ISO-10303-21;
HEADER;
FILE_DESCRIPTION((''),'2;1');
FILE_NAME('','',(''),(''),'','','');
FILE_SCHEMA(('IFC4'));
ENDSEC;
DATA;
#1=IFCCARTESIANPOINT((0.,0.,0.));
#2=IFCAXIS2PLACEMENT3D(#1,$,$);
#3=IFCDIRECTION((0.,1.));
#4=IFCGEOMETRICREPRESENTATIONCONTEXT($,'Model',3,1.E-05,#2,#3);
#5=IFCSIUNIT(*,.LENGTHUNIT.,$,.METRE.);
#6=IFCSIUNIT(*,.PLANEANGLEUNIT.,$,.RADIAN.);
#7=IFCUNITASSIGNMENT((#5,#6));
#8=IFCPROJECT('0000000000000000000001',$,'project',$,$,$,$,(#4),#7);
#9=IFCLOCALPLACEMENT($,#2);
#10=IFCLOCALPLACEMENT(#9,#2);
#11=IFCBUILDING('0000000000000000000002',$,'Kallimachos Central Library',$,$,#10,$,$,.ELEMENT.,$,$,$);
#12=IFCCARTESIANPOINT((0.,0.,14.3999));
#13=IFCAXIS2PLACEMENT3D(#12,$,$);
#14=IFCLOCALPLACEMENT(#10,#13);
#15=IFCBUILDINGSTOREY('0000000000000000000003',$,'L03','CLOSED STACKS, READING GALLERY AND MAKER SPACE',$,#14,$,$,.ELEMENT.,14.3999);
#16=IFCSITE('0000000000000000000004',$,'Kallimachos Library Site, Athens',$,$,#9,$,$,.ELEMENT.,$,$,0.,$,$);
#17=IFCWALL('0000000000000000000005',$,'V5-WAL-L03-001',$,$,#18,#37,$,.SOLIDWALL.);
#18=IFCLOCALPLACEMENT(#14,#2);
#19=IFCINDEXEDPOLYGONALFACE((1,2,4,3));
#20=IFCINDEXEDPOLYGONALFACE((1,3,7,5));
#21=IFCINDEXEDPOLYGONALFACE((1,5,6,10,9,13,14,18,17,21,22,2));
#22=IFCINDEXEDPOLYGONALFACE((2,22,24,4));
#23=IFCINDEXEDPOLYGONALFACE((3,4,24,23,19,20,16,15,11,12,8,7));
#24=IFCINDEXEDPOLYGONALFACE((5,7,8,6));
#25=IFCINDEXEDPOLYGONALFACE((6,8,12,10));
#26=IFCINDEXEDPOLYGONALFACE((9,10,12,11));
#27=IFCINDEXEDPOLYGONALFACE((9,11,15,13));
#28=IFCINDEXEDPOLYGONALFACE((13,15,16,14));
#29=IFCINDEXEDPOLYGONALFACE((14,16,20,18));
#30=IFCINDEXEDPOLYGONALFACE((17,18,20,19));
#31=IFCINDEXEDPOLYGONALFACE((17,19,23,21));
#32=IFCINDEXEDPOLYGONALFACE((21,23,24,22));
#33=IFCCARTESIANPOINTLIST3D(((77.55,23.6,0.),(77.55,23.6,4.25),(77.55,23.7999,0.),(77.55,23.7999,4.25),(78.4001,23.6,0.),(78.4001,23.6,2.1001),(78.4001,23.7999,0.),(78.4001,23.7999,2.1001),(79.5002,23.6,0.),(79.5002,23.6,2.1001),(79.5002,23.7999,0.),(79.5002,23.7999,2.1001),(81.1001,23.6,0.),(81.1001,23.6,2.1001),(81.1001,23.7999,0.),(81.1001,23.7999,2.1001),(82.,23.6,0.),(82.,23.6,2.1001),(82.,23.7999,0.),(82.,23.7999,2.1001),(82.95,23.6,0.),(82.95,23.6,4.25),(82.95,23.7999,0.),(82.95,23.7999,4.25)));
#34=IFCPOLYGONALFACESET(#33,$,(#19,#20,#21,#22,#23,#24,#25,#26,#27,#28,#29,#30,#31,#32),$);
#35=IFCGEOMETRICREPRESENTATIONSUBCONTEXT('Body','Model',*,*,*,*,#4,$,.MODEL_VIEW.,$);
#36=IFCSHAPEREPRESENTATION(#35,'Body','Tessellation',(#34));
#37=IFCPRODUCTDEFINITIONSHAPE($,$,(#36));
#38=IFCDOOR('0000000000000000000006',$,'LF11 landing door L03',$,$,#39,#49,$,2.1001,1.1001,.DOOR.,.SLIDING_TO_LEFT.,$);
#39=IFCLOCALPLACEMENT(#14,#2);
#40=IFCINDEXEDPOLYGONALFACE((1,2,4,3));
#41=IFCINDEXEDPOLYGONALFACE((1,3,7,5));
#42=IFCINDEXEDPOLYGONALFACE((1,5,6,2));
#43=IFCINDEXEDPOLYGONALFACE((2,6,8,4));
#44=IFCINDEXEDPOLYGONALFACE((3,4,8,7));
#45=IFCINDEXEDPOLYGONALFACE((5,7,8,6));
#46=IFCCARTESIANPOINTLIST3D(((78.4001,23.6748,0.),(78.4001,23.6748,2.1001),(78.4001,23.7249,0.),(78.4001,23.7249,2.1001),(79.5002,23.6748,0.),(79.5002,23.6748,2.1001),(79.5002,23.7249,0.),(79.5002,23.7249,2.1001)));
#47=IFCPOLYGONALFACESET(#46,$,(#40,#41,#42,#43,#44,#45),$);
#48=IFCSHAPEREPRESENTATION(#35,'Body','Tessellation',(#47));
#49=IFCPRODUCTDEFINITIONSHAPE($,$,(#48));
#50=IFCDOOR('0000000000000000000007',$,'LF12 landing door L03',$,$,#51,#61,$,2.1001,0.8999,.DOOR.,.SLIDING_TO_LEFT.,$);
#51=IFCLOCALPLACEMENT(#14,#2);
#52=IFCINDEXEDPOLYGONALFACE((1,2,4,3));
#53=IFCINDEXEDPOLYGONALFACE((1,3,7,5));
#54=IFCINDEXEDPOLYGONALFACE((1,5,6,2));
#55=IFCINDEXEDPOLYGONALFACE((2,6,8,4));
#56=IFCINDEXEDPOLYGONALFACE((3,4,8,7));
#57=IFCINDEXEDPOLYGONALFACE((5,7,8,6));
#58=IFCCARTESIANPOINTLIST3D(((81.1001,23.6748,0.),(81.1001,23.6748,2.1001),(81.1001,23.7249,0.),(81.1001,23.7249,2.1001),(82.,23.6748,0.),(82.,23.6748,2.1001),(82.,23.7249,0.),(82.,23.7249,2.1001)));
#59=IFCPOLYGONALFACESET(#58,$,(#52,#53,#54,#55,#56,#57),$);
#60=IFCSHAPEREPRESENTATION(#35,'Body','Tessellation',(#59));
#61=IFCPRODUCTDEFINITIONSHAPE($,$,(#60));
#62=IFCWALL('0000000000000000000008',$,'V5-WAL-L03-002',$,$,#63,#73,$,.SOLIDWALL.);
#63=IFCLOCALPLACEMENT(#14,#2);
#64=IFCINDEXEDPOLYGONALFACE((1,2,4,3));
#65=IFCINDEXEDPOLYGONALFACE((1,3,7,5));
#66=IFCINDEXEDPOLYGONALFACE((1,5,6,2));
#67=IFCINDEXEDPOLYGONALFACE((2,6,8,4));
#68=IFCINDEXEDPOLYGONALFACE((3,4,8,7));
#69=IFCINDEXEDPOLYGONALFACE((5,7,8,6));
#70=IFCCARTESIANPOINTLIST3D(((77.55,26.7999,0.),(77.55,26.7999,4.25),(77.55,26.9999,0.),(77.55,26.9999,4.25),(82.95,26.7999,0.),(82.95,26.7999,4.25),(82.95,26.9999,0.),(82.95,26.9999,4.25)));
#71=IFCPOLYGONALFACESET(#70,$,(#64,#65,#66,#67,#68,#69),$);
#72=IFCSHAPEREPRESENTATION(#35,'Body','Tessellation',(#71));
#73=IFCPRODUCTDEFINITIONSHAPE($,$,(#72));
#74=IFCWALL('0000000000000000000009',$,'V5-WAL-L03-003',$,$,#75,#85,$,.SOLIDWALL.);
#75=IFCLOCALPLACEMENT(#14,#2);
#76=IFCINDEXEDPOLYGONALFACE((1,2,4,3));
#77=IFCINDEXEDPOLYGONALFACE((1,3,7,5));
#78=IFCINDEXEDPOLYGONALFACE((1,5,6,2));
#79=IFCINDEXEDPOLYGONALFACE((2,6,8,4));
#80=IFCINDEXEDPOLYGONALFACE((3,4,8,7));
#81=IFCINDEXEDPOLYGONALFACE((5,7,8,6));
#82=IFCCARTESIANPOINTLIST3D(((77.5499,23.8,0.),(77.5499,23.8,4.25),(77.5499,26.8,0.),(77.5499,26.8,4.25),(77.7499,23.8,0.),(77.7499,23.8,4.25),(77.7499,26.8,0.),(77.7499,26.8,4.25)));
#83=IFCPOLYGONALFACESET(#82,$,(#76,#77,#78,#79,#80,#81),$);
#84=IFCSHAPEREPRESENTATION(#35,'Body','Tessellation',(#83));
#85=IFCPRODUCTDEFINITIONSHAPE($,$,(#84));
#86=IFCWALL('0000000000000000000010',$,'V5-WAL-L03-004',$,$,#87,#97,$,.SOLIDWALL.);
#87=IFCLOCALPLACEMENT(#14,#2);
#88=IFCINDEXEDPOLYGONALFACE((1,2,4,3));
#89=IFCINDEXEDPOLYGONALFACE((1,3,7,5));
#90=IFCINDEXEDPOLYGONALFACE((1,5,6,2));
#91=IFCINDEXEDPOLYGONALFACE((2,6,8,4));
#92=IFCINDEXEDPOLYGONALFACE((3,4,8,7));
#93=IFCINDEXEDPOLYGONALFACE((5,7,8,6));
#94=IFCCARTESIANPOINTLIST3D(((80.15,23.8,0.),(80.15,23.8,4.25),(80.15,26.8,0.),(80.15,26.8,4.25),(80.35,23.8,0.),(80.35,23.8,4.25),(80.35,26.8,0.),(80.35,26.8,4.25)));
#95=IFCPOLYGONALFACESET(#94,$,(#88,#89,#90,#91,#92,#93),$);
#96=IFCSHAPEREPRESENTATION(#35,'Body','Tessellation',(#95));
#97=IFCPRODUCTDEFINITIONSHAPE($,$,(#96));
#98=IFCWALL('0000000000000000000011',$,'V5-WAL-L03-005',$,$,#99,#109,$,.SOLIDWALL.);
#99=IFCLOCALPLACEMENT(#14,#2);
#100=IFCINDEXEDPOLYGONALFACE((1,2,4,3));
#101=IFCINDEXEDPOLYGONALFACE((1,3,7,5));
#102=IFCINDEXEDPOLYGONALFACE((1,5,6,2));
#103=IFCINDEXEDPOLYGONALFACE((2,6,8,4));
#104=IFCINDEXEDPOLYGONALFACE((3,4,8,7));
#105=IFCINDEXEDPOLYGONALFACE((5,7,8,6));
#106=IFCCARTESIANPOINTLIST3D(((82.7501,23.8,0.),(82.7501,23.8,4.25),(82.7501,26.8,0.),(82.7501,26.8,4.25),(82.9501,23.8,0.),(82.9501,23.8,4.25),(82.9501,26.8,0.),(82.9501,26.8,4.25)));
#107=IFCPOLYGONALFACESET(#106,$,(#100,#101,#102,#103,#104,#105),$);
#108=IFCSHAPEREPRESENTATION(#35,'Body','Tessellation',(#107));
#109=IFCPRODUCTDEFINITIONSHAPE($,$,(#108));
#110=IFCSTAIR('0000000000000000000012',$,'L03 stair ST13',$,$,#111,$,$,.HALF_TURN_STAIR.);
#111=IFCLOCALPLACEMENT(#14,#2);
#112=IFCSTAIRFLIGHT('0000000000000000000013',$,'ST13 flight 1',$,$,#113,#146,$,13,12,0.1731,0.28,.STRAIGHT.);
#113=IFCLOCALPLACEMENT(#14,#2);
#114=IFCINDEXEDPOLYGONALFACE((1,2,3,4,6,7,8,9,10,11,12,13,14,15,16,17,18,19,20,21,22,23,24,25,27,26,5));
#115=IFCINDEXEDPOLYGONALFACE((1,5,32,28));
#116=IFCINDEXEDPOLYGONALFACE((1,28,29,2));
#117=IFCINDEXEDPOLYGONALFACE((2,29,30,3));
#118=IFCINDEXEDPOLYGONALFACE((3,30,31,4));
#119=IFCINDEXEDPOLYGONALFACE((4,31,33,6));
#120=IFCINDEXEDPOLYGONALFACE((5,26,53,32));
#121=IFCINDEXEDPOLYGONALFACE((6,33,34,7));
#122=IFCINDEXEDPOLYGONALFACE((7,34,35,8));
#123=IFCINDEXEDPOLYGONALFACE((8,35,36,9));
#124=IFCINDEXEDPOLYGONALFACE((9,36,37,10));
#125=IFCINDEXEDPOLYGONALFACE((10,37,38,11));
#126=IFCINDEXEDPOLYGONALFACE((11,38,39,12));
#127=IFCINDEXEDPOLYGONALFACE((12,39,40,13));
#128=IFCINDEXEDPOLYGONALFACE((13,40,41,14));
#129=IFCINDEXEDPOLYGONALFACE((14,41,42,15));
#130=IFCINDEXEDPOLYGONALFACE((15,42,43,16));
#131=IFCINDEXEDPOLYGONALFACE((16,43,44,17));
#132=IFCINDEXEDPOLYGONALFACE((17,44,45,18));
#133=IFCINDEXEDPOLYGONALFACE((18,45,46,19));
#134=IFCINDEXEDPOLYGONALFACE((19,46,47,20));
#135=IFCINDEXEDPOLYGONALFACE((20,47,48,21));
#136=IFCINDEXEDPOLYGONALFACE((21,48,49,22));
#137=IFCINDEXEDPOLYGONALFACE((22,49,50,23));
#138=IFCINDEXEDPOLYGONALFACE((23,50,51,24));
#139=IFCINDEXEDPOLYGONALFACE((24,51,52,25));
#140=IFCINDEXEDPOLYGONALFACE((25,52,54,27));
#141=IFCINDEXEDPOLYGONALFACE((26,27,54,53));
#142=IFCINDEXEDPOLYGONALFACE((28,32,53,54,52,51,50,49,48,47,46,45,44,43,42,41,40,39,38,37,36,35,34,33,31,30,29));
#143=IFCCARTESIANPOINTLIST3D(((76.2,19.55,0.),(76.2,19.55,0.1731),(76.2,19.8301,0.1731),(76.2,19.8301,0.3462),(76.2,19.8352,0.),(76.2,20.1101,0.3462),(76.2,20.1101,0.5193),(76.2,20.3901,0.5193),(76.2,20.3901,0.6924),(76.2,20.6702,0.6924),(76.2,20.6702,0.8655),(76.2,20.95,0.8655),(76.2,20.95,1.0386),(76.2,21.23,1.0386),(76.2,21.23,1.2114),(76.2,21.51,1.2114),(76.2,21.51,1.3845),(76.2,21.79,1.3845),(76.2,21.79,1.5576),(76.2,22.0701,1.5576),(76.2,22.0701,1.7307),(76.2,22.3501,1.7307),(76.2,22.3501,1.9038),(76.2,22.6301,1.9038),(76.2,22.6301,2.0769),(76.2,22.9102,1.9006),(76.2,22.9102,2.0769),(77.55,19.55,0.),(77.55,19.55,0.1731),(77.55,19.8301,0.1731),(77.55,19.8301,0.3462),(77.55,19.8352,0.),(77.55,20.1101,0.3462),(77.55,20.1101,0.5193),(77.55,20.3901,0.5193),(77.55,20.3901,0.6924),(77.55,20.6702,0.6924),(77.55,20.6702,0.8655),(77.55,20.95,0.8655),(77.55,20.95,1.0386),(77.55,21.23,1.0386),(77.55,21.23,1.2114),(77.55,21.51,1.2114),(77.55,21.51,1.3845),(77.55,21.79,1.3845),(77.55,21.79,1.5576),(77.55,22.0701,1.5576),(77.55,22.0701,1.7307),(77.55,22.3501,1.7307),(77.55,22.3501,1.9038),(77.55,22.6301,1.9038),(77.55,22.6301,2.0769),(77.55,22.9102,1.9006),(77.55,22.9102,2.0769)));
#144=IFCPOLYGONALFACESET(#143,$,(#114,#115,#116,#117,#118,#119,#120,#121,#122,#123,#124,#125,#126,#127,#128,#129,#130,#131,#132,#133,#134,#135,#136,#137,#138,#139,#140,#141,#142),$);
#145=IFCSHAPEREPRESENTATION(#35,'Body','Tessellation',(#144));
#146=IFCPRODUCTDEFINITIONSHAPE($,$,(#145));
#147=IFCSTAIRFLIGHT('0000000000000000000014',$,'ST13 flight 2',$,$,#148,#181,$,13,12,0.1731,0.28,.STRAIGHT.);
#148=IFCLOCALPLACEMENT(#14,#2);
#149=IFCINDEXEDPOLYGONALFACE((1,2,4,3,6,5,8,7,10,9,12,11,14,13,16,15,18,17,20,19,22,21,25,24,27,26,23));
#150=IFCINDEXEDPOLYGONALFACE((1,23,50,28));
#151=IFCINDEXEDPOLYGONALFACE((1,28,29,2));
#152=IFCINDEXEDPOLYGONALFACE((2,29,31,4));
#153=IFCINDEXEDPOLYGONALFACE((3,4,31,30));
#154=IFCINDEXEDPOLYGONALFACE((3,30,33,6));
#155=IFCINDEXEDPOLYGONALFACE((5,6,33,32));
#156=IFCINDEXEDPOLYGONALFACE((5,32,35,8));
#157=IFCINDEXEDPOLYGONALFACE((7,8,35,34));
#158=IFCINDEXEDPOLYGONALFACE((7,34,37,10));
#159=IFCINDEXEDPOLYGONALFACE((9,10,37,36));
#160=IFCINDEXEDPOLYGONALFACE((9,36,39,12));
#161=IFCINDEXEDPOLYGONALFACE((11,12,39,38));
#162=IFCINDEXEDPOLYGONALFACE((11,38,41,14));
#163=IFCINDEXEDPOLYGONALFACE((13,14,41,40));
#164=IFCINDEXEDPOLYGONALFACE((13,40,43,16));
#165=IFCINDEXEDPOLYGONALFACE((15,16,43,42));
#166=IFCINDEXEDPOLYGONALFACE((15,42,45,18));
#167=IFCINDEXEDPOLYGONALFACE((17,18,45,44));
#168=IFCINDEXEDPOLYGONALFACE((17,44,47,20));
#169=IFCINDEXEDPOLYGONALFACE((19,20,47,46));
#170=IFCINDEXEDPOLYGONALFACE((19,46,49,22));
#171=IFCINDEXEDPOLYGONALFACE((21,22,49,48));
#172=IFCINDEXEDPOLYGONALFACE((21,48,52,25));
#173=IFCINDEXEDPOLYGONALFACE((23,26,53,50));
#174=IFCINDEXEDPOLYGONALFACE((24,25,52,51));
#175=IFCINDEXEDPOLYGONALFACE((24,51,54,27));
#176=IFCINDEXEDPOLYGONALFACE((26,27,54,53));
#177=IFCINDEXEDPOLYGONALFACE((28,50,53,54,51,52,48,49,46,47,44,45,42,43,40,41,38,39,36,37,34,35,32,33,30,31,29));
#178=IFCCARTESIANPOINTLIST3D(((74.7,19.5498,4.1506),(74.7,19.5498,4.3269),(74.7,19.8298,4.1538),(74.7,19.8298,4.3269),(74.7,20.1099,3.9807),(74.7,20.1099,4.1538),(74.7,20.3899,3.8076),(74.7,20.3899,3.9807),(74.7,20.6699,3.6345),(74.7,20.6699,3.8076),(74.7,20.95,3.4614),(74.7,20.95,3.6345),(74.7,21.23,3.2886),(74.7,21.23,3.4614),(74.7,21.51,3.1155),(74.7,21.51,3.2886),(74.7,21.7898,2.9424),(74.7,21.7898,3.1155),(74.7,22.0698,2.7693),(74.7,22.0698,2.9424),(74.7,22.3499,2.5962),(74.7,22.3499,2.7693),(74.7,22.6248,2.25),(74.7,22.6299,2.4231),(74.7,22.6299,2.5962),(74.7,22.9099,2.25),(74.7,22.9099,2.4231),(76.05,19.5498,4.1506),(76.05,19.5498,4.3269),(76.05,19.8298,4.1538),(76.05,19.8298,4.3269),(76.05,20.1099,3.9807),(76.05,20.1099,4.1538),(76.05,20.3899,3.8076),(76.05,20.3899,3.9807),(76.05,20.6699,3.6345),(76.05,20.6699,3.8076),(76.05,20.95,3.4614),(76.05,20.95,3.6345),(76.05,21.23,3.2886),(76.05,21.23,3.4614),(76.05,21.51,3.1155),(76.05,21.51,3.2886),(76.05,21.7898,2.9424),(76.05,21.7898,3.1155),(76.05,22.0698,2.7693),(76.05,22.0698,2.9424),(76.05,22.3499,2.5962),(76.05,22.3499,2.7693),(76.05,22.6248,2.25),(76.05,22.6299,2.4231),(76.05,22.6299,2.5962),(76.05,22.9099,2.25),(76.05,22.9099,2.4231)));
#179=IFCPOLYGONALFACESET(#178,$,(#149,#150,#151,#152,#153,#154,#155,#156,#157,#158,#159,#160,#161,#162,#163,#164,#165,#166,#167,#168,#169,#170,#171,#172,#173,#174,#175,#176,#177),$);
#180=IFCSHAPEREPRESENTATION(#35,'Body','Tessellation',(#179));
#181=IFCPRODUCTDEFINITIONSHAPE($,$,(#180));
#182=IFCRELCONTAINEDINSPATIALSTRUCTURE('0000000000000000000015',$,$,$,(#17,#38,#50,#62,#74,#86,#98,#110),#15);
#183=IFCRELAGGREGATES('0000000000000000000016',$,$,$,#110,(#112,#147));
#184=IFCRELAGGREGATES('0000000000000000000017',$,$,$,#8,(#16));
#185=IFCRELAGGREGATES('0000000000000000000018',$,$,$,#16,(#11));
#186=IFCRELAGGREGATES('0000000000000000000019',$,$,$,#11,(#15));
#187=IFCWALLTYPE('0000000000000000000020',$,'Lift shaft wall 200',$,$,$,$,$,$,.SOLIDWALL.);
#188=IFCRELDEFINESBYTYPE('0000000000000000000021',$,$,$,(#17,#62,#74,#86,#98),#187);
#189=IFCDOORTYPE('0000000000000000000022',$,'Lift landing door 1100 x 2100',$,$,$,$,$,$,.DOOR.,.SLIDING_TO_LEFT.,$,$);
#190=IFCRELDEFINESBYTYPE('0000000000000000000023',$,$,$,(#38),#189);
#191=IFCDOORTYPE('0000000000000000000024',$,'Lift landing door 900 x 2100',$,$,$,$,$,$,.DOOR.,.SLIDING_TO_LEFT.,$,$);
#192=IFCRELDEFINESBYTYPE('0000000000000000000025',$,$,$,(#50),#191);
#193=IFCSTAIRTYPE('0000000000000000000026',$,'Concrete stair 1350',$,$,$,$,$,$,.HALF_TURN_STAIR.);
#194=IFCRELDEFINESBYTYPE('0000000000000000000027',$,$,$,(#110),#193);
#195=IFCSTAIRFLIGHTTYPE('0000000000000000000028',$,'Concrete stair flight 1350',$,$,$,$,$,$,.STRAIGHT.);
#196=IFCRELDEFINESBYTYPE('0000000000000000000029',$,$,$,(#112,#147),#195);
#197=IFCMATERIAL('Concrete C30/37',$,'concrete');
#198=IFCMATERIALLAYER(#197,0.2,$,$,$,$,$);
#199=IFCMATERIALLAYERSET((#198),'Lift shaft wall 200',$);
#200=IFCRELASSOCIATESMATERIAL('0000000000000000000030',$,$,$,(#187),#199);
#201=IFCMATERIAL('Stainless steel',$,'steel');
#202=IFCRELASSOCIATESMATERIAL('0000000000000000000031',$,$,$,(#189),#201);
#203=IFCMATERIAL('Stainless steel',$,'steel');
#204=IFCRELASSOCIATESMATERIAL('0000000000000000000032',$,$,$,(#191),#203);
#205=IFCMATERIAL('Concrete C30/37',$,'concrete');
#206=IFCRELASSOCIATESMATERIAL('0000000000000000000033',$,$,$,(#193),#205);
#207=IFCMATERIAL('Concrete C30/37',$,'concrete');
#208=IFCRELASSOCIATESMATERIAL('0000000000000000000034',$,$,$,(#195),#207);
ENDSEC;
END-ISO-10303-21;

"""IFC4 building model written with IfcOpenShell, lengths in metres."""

from ifc_helpers import new_model, si_unit, direction, frame, frame_2d, origin, place, context, subcontext, project, spatial, polyline, rectangle, outline, extrude, material, layer, layer_set, type_object, element, fill, aggregate, save


model = new_model("IFC4")

# Units and contexts
model_context = context("Model", 3, precision=1e-05, world=origin(), true_north=direction((0.0, 1.0)))
body_context = subcontext(model_context, "Body", "Model", "MODEL_VIEW")
ifc_project = project(units=[si_unit("LENGTHUNIT", "METRE"), si_unit("PLANEANGLEUNIT", "RADIAN")], contexts=[model_context])

# Site, building, storey
site_placement = place(None, origin())
site = spatial("IfcSite", under=ifc_project, at=site_placement, Name="Kallimachos Library Site, Athens", CompositionType="ELEMENT", RefElevation=0.0)
building_placement = place(site_placement, origin())
building = spatial("IfcBuilding", under=site, at=building_placement, Name="Kallimachos Central Library", CompositionType="ELEMENT")
storey_placement = place(building_placement, frame((0.0, 0.0, 14.3999)))
storey = spatial("IfcBuildingStorey", under=building, at=storey_placement, Name="L03", Description="CLOSED STACKS, READING GALLERY AND MAKER SPACE", CompositionType="ELEMENT", Elevation=14.3999)

# Wall, openings, doors
ifc_material_1 = material(Name="Concrete C30/37", Category="concrete")
ifc_layer_1 = layer(ifc_material_1, 0.2)
ifc_layer_set_1 = layer_set([ifc_layer_1], Name="Lift shaft wall 200")
wall_type_1 = type_object("IfcWallType", Name="Lift shaft wall 200", PredefinedType="SOLIDWALL", material=ifc_layer_set_1)
wall_1_placement = place(storey_placement, frame((77.55, 23.7, 0.0), z_axis=(0.0, 0.0, 1.0), x_axis=(1.0, 0.0, 0.0)))
wall_1 = element("IfcWall", 1, at=wall_1_placement, inside=storey, type_object=wall_type_1, Name="V5-WAL-L03-001", PredefinedType="SOLIDWALL", context=body_context, shape_type="SweptSolid", body=[
    extrude(rectangle(XDim=5.3999, YDim=0.2, at=frame_2d((2.7, 0.0))), origin(), (0.0, 0.0, 1.0), 4.25),
])
opening_1_placement = place(wall_1_placement, frame((0.8501, 0.0, 0.0)))
opening_1 = element("IfcOpeningElement", 2, at=opening_1_placement, cuts=wall_1, PredefinedType="OPENING", context=body_context, shape_type="SweptSolid", body=[
    extrude(rectangle(XDim=1.1001, YDim=2.1001, at=frame_2d((0.55, 1.05))), frame((0.0, 0.1099, 0.0), z_axis=(0.0, -1.0, 0.0), x_axis=(1.0, 0.0, 0.0)), (0.0, 0.0, 1.0), 0.22),
])
opening_2_placement = place(wall_1_placement, frame((3.55, 0.0, 0.0)))
opening_2 = element("IfcOpeningElement", 3, at=opening_2_placement, cuts=wall_1, PredefinedType="OPENING", context=body_context, shape_type="SweptSolid", body=[
    extrude(rectangle(XDim=0.8999, YDim=2.1001, at=frame_2d((0.45, 1.05))), frame((0.0, 0.1099, 0.0), z_axis=(0.0, -1.0, 0.0), x_axis=(1.0, 0.0, 0.0)), (0.0, 0.0, 1.0), 0.22),
])
ifc_material_2 = material(Name="Stainless steel", Category="steel")
door_type_1 = type_object("IfcDoorType", Name="Lift landing door 1100 x 2100", OperationType="SLIDING_TO_LEFT", PredefinedType="DOOR", material=ifc_material_2)
door_1_placement = place(opening_1_placement, origin())
door_1 = element("IfcDoor", 4, at=door_1_placement, inside=storey, type_object=door_type_1, Name="LF11 landing door L03", OperationType="SLIDING_TO_LEFT", OverallHeight=2.1001, OverallWidth=1.1001, PredefinedType="DOOR", context=body_context, shape_type="SweptSolid", body=[
    extrude(rectangle(XDim=1.1001, YDim=2.1001, at=frame_2d((0.55, 1.05))), frame((0.0, 0.0249, 0.0), z_axis=(0.0, -1.0, 0.0), x_axis=(1.0, 0.0, 0.0)), (0.0, 0.0, 1.0), 0.05),
])
fill(opening_1, door_1)
ifc_material_3 = material(Name="Stainless steel", Category="steel")
door_type_2 = type_object("IfcDoorType", Name="Lift landing door 900 x 2100", OperationType="SLIDING_TO_LEFT", PredefinedType="DOOR", material=ifc_material_3)
door_2_placement = place(opening_2_placement, origin())
door_2 = element("IfcDoor", 5, at=door_2_placement, inside=storey, type_object=door_type_2, Name="LF12 landing door L03", OperationType="SLIDING_TO_LEFT", OverallHeight=2.1001, OverallWidth=0.8999, PredefinedType="DOOR", context=body_context, shape_type="SweptSolid", body=[
    extrude(rectangle(XDim=0.8999, YDim=2.1001, at=frame_2d((0.45, 1.05))), frame((0.0, 0.0249, 0.0), z_axis=(0.0, -1.0, 0.0), x_axis=(1.0, 0.0, 0.0)), (0.0, 0.0, 1.0), 0.05),
])
fill(opening_2, door_2)

# Walls
wall_2_placement = place(storey_placement, frame((77.55, 26.8999, 0.0), z_axis=(0.0, 0.0, 1.0), x_axis=(1.0, 0.0, 0.0)))
element("IfcWall", 6, at=wall_2_placement, inside=storey, type_object=wall_type_1, Name="V5-WAL-L03-002", PredefinedType="SOLIDWALL", context=body_context, shape_type="SweptSolid", body=[
    extrude(rectangle(XDim=5.3999, YDim=0.2, at=frame_2d((2.7, 0.0))), origin(), (0.0, 0.0, 1.0), 4.25),
])
for number, where, z_axis, x_axis, name in (
    (7, (77.6499, 23.8, 0.0), (0.0, 0.0, 1.0), (0.0, 1.0, 0.0), "V5-WAL-L03-003"),
    (8, (80.25, 23.8, 0.0), (0.0, 0.0, 1.0), (0.0, 1.0, 0.0), "V5-WAL-L03-004"),
    (9, (82.8501, 23.8, 0.0), (0.0, 0.0, 1.0), (0.0, 1.0, 0.0), "V5-WAL-L03-005"),
):
    element("IfcWall", number, at=place(storey_placement, frame(where, z_axis=z_axis, x_axis=x_axis)), inside=storey, type_object=wall_type_1, Name=name, PredefinedType="SOLIDWALL", context=body_context, shape_type="SweptSolid", body=[
        extrude(rectangle(XDim=3.0, YDim=0.2, at=frame_2d((1.5, 0.0))), origin(), (0.0, 0.0, 1.0), 4.25),
    ])

# Stair, stair flights
ifc_material_4 = material(Name="Concrete C30/37", Category="concrete")
stair_type = type_object("IfcStairType", Name="Concrete stair 1350", PredefinedType="HALF_TURN_STAIR", material=ifc_material_4)
stair_placement = place(storey_placement, origin())
stair = element("IfcStair", 10, at=stair_placement, inside=storey, type_object=stair_type, Name="L03 stair ST13", PredefinedType="HALF_TURN_STAIR")
ifc_material_5 = material(Name="Concrete C30/37", Category="concrete")
stair_flight_type = type_object("IfcStairFlightType", Name="Concrete stair flight 1350", PredefinedType="STRAIGHT", material=ifc_material_5)
stair_flight_1_placement = place(storey_placement, frame((76.875, 19.55, 0.0), z_axis=(0.0, 0.0, 1.0), x_axis=(0.0, 1.0, 0.0)))
stair_flight_1 = element("IfcStairFlight", 11, at=stair_flight_1_placement, type_object=stair_flight_type, Name="ST13 flight 1", NumberOfRisers=13, NumberOfTreads=12, PredefinedType="STRAIGHT", RiserHeight=0.1731, TreadLength=0.28, context=body_context, shape_type="SweptSolid", body=[
    extrude(outline(polyline([(0.0, 0.0), (0.0, 0.1731), (0.28, 0.1731), (0.28, 0.3462), (0.5601, 0.3462), (0.5601, 0.5193), (0.8401, 0.5193), (0.8401, 0.6924), (1.1201, 0.6924), (1.1201, 0.8655), (1.3999, 0.8655), (1.3999, 1.0386), (1.6799, 1.0386), (1.6799, 1.2114), (1.96, 1.2114), (1.96, 1.3845), (2.24, 1.3845), (2.24, 1.5576), (2.52, 1.5576), (2.52, 1.7307), (2.8, 1.7307), (2.8, 1.9038), (3.0801, 1.9038), (3.0801, 2.0769), (3.3601, 2.0769), (3.3601, 2.25), (3.3601, 1.9006), (0.2852, 0.0), (0.0, 0.0)])), frame((0.0, 0.675, 0.0), z_axis=(0.0, -1.0, 0.0), x_axis=(1.0, 0.0, 0.0)), (0.0, 0.0, 1.0), 1.3501),
])
stair_flight_2_placement = place(storey_placement, frame((75.375, 22.9099, 2.25), z_axis=(0.0, 0.0, 1.0), x_axis=(0.0, -1.0, 0.0)))
stair_flight_2 = element("IfcStairFlight", 12, at=stair_flight_2_placement, type_object=stair_flight_type, Name="ST13 flight 2", NumberOfRisers=13, NumberOfTreads=12, PredefinedType="STRAIGHT", RiserHeight=0.1731, TreadLength=0.28, context=body_context, shape_type="SweptSolid", body=[
    extrude(outline(polyline([(0.0, 0.0), (0.0, 0.1731), (0.28, 0.1731), (0.28, 0.3462), (0.5601, 0.3462), (0.5601, 0.5193), (0.8401, 0.5193), (0.8401, 0.6924), (1.1201, 0.6924), (1.1201, 0.8655), (1.3999, 0.8655), (1.3999, 1.0386), (1.6799, 1.0386), (1.6799, 1.2114), (1.96, 1.2114), (1.96, 1.3845), (2.24, 1.3845), (2.24, 1.5576), (2.52, 1.5576), (2.52, 1.7307), (2.8, 1.7307), (2.8, 1.9038), (3.0801, 1.9038), (3.0801, 2.0769), (3.3601, 2.0769), (3.3601, 2.25), (3.3601, 1.9006), (0.2852, 0.0), (0.0, 0.0)])), frame((0.0, 0.675, 0.0), z_axis=(0.0, -1.0, 0.0), x_axis=(1.0, 0.0, 0.0)), (0.0, 0.0, 1.0), 1.3501),
])
aggregate(stair, [stair_flight_1, stair_flight_2])

save(model, "model.ifc")
